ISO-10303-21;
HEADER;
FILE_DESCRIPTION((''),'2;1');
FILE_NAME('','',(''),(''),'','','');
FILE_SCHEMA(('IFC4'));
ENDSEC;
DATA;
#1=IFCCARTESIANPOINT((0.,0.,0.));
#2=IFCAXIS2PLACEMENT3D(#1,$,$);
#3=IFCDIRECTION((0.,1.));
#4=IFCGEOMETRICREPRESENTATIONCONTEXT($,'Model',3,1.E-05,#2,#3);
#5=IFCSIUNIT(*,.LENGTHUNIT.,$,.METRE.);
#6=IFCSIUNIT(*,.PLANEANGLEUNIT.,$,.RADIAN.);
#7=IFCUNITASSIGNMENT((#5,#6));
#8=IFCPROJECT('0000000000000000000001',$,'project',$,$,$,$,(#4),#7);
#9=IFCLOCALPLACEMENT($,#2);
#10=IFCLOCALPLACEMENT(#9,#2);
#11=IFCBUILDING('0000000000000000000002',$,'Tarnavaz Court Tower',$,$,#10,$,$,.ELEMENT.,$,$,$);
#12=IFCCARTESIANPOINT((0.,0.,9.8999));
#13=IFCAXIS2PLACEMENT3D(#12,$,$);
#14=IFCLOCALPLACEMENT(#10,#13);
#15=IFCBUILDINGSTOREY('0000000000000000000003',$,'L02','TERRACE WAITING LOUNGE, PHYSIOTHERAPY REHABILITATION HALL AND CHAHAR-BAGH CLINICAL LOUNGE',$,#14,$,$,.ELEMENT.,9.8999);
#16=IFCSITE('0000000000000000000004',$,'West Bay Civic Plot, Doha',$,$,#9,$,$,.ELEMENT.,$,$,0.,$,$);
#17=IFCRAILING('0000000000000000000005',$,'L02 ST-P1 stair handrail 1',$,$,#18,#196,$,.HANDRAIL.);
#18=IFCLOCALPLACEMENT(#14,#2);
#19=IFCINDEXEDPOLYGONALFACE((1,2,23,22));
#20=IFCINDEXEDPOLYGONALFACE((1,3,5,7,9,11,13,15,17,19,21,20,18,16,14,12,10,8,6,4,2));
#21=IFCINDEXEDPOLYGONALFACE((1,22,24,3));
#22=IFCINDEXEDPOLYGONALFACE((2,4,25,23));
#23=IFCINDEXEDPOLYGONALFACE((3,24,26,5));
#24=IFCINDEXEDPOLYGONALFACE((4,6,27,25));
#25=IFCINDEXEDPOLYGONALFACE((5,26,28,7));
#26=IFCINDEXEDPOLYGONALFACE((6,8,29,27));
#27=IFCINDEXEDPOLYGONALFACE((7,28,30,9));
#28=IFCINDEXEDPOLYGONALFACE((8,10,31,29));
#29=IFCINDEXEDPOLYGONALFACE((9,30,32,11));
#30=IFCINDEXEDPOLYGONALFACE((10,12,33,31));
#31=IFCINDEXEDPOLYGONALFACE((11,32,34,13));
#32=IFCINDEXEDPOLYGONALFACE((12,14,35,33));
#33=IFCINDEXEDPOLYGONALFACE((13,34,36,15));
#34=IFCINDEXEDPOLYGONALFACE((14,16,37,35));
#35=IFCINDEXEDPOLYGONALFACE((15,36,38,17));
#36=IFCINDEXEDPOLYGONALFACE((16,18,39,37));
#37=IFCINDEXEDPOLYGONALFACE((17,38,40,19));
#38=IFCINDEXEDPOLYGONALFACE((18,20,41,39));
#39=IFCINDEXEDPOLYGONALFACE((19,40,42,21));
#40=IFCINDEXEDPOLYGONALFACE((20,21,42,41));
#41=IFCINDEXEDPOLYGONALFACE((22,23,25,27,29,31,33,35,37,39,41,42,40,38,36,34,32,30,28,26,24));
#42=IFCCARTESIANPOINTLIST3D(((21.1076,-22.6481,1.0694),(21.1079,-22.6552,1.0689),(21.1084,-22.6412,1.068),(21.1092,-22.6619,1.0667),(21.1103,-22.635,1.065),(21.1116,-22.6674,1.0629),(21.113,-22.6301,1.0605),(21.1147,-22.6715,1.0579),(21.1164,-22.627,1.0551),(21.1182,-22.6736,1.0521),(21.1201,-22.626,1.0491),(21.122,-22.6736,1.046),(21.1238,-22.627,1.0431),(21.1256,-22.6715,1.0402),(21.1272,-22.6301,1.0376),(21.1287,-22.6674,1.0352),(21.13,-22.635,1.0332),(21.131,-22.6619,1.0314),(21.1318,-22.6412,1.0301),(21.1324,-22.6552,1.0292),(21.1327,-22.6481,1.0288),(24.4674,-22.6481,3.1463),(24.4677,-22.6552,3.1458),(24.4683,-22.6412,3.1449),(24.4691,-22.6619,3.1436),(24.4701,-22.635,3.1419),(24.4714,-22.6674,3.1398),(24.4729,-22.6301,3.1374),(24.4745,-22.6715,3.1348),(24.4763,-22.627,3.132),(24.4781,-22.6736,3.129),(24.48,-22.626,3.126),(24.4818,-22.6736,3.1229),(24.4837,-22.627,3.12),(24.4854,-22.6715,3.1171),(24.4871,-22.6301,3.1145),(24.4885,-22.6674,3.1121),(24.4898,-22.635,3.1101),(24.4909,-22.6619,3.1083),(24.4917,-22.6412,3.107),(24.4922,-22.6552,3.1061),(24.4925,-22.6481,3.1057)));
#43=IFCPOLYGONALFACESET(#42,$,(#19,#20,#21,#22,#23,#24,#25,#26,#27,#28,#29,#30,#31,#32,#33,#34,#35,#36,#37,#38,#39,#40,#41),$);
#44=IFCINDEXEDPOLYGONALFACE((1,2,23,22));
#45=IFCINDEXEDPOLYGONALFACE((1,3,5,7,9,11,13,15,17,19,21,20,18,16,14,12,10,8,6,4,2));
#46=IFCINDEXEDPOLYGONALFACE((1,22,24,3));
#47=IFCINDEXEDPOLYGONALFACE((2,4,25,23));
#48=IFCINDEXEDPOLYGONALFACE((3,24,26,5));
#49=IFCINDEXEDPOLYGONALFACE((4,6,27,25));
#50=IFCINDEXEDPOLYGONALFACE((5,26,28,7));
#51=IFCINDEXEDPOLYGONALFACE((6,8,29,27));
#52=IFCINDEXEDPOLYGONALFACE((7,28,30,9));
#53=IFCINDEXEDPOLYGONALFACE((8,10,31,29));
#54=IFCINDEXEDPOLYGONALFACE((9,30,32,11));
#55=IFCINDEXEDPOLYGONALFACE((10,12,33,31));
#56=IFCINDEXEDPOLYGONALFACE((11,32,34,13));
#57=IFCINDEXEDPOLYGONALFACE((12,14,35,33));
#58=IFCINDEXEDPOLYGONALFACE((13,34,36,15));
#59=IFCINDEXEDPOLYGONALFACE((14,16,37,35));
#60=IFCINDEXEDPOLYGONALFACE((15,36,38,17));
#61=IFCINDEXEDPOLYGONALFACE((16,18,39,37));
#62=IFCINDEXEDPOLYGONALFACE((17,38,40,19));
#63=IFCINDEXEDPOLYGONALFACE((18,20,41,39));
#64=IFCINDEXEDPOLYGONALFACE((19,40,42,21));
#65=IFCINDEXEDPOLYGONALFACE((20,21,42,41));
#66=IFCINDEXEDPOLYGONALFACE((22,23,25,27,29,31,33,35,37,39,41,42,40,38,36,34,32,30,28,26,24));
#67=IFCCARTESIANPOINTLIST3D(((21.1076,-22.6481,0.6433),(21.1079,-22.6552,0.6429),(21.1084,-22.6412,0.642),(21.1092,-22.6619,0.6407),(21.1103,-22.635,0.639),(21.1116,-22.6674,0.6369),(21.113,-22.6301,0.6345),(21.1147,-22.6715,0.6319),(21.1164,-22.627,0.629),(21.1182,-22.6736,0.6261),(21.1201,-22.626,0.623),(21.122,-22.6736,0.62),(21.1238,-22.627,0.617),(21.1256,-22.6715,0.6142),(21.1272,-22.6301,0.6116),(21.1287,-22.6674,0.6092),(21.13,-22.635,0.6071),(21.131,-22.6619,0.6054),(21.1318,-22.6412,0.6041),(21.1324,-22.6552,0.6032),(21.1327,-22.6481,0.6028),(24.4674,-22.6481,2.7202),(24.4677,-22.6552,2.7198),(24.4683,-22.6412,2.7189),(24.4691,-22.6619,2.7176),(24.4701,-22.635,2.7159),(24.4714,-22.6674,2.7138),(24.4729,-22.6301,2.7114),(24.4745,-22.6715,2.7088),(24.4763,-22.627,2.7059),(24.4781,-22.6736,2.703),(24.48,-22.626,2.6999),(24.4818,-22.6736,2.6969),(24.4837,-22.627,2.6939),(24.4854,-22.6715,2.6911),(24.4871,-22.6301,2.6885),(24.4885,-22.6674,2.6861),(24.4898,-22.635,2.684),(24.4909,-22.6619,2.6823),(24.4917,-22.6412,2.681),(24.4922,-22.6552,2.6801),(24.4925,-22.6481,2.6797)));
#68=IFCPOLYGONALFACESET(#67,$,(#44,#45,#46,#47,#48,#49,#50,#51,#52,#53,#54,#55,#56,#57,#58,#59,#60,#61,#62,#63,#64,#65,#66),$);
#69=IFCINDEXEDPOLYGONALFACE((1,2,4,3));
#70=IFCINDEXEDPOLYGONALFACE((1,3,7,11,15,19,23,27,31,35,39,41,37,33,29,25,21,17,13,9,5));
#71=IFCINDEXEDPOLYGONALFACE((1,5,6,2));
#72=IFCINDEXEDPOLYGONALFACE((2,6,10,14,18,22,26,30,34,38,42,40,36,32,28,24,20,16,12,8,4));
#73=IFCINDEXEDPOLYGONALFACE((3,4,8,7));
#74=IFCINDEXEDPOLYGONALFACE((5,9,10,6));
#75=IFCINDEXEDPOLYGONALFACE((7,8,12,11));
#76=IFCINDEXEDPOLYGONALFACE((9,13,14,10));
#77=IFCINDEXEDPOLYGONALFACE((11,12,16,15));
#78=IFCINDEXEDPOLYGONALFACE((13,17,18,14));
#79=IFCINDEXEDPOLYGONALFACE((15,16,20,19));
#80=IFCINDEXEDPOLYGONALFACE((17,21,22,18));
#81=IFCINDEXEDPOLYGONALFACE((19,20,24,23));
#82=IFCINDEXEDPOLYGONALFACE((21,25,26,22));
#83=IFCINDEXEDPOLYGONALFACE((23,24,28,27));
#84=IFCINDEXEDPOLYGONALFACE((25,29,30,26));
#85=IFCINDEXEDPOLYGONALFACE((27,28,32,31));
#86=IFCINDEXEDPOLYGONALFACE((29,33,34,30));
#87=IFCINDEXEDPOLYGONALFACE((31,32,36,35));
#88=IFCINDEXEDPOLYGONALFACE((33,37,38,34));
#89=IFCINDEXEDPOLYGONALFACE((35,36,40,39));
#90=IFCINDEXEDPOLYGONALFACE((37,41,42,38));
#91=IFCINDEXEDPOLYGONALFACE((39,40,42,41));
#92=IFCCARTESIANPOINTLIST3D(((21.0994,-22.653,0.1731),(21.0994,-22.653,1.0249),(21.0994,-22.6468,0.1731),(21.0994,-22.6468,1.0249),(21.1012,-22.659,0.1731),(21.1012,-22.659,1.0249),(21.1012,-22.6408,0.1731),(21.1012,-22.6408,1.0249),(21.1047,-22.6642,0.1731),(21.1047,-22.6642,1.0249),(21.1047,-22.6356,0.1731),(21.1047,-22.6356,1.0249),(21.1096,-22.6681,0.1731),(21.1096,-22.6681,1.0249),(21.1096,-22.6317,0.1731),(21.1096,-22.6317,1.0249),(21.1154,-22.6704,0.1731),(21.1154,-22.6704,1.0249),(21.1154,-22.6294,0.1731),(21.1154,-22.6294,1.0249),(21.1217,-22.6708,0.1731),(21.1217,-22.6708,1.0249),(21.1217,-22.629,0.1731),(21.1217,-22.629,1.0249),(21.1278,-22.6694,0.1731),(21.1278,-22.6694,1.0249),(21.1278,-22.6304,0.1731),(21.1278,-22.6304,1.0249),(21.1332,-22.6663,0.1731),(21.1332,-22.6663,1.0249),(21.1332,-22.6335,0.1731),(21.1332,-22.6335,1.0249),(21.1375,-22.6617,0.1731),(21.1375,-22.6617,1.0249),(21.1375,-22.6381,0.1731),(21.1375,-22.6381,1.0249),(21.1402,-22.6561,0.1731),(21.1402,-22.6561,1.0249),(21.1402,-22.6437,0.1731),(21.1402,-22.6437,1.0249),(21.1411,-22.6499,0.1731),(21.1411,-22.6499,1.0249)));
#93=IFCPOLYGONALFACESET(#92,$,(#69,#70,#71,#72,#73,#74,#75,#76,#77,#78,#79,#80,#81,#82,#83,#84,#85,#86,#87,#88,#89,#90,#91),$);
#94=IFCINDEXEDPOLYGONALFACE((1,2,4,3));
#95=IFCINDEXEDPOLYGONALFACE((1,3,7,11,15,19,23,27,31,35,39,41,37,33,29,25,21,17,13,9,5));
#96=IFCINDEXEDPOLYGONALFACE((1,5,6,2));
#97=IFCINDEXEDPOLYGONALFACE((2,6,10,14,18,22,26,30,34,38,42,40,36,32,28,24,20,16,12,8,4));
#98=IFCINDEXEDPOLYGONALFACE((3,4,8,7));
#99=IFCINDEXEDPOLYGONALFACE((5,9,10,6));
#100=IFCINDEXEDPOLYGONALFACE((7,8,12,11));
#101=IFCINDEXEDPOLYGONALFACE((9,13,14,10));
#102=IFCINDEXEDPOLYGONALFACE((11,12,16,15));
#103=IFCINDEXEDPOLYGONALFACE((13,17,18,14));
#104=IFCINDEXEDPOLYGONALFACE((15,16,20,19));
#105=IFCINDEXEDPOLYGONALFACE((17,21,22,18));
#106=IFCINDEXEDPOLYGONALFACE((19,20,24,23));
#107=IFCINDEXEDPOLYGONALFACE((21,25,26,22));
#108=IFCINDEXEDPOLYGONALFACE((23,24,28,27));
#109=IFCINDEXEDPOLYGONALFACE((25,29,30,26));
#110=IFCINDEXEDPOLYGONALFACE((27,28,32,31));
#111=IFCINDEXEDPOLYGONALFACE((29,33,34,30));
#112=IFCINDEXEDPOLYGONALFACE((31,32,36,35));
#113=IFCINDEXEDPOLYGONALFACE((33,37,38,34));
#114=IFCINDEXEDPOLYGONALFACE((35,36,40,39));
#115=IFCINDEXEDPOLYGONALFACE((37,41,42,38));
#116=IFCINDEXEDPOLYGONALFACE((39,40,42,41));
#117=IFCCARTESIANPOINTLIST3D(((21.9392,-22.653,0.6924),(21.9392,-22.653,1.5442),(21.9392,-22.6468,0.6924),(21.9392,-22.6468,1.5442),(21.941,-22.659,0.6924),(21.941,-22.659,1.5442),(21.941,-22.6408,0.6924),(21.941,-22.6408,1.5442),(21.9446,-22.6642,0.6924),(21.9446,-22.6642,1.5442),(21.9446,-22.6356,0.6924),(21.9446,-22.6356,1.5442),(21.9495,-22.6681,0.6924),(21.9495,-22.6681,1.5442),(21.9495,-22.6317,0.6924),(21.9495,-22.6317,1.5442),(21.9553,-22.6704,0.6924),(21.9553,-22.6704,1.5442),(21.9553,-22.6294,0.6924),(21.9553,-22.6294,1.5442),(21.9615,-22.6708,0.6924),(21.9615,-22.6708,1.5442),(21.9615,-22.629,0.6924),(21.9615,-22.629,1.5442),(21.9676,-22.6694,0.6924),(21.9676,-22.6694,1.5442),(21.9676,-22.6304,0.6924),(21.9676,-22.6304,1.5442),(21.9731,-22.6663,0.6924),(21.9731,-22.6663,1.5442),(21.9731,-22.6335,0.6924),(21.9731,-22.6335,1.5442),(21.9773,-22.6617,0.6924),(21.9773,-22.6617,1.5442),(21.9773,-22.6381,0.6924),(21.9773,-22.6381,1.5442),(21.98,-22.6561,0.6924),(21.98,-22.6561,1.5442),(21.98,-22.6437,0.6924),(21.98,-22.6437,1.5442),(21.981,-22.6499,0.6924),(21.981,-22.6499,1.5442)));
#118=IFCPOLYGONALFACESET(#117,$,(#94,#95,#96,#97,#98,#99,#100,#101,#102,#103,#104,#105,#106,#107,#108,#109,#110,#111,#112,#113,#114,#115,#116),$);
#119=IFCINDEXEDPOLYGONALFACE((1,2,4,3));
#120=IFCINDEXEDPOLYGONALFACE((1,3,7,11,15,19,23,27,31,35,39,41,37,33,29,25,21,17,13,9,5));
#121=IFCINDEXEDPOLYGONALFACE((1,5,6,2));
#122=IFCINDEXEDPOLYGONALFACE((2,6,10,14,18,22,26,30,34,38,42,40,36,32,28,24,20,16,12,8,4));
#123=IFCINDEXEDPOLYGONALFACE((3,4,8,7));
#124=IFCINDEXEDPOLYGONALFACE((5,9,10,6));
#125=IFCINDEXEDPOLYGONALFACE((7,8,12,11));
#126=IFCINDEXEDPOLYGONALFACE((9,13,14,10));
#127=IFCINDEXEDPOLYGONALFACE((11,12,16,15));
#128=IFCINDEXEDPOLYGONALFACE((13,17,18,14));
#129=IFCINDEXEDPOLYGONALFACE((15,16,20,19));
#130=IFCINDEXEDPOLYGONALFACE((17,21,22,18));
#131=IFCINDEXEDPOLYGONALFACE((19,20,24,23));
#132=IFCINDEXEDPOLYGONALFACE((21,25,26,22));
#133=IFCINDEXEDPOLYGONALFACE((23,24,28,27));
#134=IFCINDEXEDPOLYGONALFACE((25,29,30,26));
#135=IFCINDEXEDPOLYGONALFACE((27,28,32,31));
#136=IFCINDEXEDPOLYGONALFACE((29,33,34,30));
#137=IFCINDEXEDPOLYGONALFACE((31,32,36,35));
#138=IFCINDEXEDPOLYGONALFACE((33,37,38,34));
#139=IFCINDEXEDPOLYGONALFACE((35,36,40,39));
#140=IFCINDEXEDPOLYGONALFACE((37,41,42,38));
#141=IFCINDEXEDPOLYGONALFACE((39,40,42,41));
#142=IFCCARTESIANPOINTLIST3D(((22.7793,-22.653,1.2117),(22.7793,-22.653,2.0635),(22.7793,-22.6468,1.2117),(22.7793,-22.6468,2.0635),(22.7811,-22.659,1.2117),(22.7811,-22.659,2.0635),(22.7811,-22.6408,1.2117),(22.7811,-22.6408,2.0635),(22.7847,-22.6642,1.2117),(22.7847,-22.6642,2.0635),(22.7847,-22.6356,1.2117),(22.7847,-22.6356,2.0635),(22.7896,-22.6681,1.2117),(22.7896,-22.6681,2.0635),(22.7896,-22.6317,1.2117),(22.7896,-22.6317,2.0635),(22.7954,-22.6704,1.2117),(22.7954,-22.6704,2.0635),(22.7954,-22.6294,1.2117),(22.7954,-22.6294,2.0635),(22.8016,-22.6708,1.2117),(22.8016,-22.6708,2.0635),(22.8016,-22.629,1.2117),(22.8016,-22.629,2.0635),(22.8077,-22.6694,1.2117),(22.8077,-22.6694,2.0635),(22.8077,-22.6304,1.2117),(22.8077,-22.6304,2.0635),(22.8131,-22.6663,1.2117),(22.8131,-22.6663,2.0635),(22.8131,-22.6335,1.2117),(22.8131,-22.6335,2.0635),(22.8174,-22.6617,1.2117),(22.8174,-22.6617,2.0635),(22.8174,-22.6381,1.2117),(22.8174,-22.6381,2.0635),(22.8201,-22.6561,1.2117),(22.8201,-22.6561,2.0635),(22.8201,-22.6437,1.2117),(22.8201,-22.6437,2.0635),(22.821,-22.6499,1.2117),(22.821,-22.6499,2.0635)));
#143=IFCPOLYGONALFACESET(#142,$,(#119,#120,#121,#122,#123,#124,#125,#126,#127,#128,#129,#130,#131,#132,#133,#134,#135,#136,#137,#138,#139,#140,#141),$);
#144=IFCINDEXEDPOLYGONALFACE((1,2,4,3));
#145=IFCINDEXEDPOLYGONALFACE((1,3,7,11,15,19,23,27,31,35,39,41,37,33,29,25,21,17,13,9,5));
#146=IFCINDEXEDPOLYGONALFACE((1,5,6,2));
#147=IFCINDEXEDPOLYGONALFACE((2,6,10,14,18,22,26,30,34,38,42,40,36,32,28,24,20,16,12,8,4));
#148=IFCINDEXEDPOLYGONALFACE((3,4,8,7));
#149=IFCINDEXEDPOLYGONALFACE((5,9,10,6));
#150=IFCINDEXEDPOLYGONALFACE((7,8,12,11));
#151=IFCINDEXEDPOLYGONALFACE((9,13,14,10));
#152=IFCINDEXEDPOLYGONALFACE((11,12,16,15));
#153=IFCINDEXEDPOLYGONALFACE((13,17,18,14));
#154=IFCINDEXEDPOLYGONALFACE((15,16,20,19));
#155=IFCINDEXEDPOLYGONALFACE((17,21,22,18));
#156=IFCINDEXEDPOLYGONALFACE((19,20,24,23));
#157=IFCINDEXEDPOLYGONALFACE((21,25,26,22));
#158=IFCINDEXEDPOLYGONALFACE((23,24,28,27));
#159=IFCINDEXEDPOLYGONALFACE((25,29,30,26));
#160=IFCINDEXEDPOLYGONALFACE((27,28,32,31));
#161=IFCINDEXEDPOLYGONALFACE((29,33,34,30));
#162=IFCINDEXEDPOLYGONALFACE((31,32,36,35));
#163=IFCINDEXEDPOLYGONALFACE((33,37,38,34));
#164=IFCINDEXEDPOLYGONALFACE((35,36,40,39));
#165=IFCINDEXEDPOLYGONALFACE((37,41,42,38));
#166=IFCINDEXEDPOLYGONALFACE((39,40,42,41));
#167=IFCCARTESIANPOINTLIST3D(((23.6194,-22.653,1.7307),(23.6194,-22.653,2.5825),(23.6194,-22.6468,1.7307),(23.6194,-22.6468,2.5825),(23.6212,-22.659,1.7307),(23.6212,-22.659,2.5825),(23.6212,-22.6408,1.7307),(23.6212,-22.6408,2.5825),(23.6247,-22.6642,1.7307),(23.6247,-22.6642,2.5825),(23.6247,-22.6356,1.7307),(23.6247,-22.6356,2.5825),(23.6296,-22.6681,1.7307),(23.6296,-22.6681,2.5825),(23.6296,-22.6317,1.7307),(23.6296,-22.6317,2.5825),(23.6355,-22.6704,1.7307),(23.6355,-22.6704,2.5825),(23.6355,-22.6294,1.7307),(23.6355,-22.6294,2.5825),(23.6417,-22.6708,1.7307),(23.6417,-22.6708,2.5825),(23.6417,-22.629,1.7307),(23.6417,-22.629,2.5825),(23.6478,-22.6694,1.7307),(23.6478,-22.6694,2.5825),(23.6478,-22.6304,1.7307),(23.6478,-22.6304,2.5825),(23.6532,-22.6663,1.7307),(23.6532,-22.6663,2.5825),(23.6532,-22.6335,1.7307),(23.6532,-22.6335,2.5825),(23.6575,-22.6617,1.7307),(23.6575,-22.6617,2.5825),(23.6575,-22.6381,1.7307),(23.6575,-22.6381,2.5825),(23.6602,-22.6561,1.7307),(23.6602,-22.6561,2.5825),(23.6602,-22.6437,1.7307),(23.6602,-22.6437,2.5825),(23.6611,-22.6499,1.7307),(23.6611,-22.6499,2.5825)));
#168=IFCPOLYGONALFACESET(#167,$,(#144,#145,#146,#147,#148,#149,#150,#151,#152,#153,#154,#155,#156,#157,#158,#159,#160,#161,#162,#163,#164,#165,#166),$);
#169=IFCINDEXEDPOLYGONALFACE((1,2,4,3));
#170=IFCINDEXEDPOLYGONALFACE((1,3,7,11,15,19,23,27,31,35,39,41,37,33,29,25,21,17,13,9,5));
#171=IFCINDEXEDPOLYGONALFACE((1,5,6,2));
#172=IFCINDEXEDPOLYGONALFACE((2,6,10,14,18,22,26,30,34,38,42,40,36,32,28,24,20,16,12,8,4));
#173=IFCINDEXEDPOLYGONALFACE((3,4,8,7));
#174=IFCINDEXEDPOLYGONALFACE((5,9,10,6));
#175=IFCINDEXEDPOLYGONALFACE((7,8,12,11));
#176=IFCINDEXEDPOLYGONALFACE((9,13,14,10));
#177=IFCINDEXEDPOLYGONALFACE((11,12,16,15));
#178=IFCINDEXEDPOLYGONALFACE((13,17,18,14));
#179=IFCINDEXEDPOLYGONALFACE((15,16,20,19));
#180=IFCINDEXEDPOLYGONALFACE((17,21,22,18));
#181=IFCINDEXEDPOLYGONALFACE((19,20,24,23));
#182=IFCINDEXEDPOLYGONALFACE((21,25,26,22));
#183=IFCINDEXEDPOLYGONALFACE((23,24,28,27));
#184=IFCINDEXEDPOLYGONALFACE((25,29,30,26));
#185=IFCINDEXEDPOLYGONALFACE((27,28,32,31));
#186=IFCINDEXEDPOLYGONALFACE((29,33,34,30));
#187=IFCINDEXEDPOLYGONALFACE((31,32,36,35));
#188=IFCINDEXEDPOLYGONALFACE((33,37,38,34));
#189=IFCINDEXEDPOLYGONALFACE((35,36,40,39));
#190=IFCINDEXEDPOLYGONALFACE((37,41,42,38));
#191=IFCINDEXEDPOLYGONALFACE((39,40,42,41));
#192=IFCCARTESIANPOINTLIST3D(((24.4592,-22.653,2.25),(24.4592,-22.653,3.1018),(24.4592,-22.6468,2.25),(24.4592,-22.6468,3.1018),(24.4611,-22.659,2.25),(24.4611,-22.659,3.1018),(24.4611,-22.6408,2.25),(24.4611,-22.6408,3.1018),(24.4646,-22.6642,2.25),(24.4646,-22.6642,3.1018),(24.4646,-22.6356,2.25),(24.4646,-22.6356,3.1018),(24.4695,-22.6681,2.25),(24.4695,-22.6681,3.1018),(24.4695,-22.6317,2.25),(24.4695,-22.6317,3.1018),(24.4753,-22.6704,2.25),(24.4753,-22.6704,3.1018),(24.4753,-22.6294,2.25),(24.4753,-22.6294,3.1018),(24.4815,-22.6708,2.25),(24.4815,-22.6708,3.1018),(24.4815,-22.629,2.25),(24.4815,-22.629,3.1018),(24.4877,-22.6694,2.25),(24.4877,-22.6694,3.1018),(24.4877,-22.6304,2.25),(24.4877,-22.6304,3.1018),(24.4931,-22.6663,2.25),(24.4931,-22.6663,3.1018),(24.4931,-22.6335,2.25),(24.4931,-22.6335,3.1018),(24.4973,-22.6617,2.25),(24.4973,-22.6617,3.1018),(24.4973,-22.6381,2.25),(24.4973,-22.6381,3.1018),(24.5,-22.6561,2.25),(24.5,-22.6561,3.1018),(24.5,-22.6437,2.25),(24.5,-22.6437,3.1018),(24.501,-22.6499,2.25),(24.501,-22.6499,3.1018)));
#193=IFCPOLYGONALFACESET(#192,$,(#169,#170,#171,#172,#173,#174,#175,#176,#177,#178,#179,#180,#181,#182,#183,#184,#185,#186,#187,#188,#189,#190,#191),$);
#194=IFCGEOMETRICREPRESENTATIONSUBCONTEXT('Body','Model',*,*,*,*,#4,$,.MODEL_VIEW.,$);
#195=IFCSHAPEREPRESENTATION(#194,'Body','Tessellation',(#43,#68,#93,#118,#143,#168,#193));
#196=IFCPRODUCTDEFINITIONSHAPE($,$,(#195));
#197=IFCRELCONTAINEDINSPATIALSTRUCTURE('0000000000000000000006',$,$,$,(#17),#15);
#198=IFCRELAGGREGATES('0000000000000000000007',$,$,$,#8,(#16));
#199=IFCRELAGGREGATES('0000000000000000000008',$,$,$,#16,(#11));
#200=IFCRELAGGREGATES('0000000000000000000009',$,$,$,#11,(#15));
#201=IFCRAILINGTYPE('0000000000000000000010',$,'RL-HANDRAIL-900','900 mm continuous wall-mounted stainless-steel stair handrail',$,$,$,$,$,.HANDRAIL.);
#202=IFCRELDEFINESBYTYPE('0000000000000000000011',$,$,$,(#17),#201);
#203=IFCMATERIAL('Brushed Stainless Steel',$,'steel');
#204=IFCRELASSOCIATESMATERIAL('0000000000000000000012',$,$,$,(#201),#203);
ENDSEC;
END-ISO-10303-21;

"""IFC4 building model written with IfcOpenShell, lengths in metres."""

from ifc_helpers import new_model, si_unit, direction, frame, origin, origin_2d, place, context, subcontext, project, spatial, circle, extrude, material, type_object, element, save


model = new_model("IFC4")

# Units and contexts
model_context = context("Model", 3, precision=1e-05, world=origin(), true_north=direction((0.0, 1.0)))
body_context = subcontext(model_context, "Body", "Model", "MODEL_VIEW")
ifc_project = project(units=[si_unit("LENGTHUNIT", "METRE"), si_unit("PLANEANGLEUNIT", "RADIAN")], contexts=[model_context])

# Site, building, storey
site_placement = place(None, origin())
site = spatial("IfcSite", under=ifc_project, at=site_placement, Name="West Bay Civic Plot, Doha", CompositionType="ELEMENT", RefElevation=0.0)
building_placement = place(site_placement, origin())
building = spatial("IfcBuilding", under=site, at=building_placement, Name="Tarnavaz Court Tower", CompositionType="ELEMENT")
storey_placement = place(building_placement, frame((0.0, 0.0, 9.8999)))
storey = spatial("IfcBuildingStorey", under=building, at=storey_placement, Name="L02", Description="TERRACE WAITING LOUNGE, PHYSIOTHERAPY REHABILITATION HALL AND CHAHAR-BAGH CLINICAL LOUNGE", CompositionType="ELEMENT", Elevation=9.8999)

# Railing
ifc_material_1 = material(Name="Brushed Stainless Steel", Category="steel")
railing_type_1 = type_object("IfcRailingType", Name="RL-HANDRAIL-900", Description="900 mm continuous wall-mounted stainless-steel stair handrail", PredefinedType="HANDRAIL", material=ifc_material_1)
railing_1_placement = place(storey_placement, frame((21.1201, -22.6499, 0.1731)))
element("IfcRailing", 1, at=railing_1_placement, inside=storey, type_object=railing_type_1, Name="L02 ST-P1 stair handrail 1", PredefinedType="HANDRAIL", context=body_context, shape_type="SweptSolid", body=[
    extrude(circle(Radius=0.0239, at=origin_2d()), frame((0.0, 0.0, 0.876), z_axis=(0.850606, 0.0, 0.525803), x_axis=(0.0, 1.0, 0.0)), (0.0, 0.0, 1.0), 3.95),
    extrude(circle(Radius=0.0239, at=origin_2d()), frame((0.0, 0.0, 0.45), z_axis=(0.850606, 0.0, 0.525803), x_axis=(0.0, 1.0, 0.0)), (0.0, 0.0, 1.0), 3.95),
    extrude(circle(Radius=0.021, at=origin_2d()), origin(), (0.0, 0.0, 1.0), 0.8518),
    extrude(circle(Radius=0.021, at=origin_2d()), frame((0.8398, 0.0, 0.5193)), (0.0, 0.0, 1.0), 0.8518),
    extrude(circle(Radius=0.021, at=origin_2d()), frame((1.6799, 0.0, 1.0386)), (0.0, 0.0, 1.0), 0.8518),
    extrude(circle(Radius=0.021, at=origin_2d()), frame((2.52, 0.0, 1.5576)), (0.0, 0.0, 1.0), 0.8518),
    extrude(circle(Radius=0.021, at=origin_2d()), frame((3.3599, 0.0, 2.0769)), (0.0, 0.0, 1.0), 0.8518),
])

save(model, "model.ifc")
